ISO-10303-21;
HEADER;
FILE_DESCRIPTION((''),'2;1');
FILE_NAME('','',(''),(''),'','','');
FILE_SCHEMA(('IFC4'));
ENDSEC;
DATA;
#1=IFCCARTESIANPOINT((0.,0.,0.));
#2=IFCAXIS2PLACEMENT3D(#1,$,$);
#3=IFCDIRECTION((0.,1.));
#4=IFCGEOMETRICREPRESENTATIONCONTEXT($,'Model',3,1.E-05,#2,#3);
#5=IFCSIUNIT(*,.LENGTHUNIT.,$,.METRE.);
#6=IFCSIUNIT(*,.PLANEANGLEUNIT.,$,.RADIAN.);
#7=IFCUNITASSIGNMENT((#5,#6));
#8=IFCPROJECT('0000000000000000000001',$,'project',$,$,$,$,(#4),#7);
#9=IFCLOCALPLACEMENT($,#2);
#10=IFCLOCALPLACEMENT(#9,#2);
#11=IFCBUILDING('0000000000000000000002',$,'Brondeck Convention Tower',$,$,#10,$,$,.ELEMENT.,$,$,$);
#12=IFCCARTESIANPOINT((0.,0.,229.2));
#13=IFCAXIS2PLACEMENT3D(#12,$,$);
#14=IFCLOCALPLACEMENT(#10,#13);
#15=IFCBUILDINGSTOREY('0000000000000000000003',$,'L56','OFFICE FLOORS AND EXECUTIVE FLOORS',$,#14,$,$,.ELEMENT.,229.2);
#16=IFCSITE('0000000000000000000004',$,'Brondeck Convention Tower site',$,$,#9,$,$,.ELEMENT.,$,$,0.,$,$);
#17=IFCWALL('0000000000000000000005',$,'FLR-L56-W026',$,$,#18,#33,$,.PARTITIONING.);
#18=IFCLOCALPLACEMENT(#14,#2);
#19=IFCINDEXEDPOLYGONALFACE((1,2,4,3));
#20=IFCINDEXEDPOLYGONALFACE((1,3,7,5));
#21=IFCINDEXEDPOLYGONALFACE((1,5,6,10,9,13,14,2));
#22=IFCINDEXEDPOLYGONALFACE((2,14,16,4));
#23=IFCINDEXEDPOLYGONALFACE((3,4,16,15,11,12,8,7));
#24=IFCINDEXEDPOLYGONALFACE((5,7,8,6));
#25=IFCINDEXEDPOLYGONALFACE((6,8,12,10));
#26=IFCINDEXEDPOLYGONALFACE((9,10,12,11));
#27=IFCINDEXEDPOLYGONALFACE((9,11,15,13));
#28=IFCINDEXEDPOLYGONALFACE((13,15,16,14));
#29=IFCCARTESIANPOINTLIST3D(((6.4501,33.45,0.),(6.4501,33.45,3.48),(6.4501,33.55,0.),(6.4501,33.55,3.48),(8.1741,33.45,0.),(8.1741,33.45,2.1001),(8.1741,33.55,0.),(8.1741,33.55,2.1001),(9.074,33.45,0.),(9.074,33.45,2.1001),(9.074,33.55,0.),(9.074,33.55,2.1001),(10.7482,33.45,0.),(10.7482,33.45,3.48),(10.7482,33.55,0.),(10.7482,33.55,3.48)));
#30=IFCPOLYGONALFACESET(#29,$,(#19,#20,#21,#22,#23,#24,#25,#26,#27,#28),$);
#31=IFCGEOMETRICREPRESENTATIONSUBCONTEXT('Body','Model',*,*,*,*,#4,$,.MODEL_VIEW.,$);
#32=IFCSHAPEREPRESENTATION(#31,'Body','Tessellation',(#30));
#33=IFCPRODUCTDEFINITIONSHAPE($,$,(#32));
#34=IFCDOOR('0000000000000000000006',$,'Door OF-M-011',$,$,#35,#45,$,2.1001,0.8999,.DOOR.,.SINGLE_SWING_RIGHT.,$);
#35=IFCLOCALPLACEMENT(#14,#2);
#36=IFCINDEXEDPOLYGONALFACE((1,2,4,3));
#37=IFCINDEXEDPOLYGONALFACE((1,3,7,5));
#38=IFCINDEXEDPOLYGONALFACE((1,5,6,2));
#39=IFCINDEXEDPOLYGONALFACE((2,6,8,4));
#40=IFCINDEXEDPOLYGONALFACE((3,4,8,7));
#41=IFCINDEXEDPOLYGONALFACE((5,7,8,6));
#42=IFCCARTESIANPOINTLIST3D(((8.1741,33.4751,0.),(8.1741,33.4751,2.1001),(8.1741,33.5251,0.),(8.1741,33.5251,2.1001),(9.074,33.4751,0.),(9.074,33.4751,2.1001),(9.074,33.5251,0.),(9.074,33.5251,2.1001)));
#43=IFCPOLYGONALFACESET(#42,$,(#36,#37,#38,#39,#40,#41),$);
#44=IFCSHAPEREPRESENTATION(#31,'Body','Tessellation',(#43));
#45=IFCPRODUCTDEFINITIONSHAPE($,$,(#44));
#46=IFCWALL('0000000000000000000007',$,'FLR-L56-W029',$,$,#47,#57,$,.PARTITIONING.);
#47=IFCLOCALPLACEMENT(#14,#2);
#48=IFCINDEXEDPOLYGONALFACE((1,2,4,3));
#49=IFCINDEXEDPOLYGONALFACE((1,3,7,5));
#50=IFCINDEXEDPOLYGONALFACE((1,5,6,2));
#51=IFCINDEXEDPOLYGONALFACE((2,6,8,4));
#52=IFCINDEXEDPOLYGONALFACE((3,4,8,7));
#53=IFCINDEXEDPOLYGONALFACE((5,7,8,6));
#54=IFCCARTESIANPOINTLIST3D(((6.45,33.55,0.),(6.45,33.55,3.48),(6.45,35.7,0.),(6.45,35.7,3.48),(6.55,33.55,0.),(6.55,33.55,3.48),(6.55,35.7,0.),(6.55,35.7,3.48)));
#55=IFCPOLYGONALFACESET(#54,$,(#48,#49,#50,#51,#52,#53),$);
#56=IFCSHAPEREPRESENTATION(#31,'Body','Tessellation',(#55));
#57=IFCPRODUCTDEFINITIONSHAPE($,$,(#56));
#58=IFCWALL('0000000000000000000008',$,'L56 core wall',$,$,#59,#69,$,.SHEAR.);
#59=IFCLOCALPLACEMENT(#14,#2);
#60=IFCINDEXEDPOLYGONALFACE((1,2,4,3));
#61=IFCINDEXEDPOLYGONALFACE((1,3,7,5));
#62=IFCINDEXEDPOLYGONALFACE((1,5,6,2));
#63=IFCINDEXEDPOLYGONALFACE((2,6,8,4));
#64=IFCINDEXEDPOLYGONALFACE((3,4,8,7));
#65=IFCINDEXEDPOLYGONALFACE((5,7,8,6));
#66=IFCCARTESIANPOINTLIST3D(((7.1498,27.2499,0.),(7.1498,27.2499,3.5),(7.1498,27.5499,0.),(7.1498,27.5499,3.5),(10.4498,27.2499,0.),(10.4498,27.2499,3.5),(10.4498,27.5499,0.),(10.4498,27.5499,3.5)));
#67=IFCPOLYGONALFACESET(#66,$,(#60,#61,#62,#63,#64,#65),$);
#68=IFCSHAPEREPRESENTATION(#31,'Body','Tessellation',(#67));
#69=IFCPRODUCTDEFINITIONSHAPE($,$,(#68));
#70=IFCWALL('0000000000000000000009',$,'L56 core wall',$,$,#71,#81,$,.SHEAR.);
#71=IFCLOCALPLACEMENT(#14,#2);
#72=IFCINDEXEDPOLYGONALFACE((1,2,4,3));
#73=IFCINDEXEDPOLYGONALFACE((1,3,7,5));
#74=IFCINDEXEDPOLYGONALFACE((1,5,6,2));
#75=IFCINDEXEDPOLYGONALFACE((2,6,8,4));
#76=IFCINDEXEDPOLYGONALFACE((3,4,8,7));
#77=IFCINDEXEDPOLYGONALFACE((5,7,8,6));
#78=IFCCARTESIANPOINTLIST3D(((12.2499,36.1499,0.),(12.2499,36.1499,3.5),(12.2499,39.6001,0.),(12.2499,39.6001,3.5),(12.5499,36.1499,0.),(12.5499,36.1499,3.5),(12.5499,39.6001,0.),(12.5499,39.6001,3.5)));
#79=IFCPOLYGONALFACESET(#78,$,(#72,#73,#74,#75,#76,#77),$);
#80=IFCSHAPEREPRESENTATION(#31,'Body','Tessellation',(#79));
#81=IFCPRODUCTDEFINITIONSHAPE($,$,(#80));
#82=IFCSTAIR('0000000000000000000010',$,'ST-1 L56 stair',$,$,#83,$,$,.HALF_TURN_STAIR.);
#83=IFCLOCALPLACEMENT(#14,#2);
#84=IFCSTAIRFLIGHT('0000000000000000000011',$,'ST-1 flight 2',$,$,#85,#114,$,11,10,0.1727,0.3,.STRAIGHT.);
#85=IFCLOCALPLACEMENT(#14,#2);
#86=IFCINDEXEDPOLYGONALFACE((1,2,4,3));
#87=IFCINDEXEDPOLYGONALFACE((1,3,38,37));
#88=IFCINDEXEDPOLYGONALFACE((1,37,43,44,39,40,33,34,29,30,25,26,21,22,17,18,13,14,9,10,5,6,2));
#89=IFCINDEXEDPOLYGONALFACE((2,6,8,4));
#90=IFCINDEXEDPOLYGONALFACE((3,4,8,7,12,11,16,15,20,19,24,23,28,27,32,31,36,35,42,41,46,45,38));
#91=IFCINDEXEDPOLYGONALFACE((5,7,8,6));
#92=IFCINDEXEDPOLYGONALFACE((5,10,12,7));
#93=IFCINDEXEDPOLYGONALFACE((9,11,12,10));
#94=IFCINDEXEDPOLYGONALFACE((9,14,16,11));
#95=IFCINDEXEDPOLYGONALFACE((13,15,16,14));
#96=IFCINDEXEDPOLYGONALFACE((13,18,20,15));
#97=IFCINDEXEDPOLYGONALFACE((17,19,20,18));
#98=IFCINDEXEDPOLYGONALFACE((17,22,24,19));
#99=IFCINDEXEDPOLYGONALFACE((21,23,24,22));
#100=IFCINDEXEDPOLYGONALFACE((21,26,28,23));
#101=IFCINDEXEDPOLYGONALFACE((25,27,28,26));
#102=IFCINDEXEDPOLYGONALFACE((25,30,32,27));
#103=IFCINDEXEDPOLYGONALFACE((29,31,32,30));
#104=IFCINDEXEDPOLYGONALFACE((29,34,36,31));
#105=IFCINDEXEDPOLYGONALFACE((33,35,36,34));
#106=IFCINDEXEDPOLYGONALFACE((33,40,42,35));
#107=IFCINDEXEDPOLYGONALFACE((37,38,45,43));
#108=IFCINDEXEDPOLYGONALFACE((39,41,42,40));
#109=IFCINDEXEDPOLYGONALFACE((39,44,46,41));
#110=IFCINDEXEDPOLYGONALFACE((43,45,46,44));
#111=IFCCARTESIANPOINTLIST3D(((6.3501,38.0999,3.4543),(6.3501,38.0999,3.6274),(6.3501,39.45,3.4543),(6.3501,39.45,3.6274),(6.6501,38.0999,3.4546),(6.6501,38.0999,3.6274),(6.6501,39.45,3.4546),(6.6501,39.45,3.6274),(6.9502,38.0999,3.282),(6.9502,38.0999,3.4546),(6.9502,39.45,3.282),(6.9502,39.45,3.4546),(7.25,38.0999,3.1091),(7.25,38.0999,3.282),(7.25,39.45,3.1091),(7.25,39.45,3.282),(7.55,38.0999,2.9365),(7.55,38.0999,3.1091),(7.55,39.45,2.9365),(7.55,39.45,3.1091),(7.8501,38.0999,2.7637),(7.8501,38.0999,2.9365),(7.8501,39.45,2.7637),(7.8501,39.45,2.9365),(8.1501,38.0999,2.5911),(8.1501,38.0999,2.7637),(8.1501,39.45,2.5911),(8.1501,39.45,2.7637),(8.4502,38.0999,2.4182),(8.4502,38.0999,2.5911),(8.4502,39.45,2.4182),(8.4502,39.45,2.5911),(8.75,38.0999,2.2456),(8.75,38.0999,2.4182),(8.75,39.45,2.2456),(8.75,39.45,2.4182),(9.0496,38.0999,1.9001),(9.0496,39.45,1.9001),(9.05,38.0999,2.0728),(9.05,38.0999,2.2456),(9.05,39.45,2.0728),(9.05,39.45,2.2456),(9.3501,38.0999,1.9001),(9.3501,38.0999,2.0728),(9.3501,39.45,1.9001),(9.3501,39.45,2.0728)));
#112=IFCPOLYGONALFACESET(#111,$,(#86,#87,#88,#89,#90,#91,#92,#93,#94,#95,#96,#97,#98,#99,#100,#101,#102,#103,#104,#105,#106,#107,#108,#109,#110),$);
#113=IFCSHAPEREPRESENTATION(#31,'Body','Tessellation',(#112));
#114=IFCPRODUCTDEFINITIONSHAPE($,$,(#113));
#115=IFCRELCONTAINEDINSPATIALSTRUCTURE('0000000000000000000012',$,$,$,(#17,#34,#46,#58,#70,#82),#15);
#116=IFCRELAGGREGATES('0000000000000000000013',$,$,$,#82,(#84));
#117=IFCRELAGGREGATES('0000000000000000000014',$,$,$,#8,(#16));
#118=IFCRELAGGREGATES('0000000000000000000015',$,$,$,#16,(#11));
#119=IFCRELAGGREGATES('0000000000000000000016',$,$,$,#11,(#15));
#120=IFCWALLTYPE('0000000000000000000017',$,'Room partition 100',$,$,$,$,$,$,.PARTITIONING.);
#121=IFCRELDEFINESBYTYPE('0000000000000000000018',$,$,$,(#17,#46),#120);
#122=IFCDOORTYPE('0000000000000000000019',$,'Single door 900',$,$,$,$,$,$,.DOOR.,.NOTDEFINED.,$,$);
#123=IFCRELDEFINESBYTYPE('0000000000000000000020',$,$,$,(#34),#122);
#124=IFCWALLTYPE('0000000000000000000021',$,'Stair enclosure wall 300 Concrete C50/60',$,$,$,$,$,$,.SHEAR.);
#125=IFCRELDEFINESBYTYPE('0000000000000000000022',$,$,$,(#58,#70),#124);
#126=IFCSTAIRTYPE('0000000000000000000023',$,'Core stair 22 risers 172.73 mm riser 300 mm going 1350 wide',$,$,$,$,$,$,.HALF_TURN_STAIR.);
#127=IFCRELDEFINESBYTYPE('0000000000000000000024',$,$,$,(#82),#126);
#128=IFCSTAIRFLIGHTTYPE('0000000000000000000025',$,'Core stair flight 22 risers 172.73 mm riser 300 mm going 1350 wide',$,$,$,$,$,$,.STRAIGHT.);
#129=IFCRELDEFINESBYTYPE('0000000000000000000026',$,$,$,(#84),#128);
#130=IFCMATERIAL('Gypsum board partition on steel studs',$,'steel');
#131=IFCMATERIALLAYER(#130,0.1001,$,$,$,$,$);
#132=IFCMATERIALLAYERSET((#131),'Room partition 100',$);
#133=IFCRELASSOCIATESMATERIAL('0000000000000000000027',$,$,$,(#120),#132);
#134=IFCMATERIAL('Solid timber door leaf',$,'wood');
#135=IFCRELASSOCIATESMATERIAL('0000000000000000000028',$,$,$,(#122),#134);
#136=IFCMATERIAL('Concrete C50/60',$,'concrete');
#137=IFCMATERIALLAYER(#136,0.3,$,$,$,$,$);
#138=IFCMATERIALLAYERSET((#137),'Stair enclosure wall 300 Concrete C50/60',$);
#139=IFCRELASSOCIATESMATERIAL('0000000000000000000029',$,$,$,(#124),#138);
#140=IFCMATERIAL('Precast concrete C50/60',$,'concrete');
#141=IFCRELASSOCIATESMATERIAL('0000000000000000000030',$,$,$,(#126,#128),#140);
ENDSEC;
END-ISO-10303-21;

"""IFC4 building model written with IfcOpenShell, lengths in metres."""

from ifc_helpers import new_model, si_unit, direction, frame, frame_2d, origin, place, context, subcontext, project, spatial, polyline, rectangle, outline, extrude, material, layer, layer_set, type_object, element, fill, aggregate, save


model = new_model("IFC4")

# Units and contexts
model_context = context("Model", 3, precision=1e-05, world=origin(), true_north=direction((0.0, 1.0)))
body_context = subcontext(model_context, "Body", "Model", "MODEL_VIEW")
ifc_project = project(units=[si_unit("LENGTHUNIT", "METRE"), si_unit("PLANEANGLEUNIT", "RADIAN")], contexts=[model_context])

# Site, building, storey
site_placement = place(None, origin())
site = spatial("IfcSite", under=ifc_project, at=site_placement, Name="Brondeck Convention Tower site", CompositionType="ELEMENT", RefElevation=0.0)
building_placement = place(site_placement, origin())
building = spatial("IfcBuilding", under=site, at=building_placement, Name="Brondeck Convention Tower", CompositionType="ELEMENT")
storey_placement = place(building_placement, frame((0.0, 0.0, 229.2)))
storey = spatial("IfcBuildingStorey", under=building, at=storey_placement, Name="L56", Description="OFFICE FLOORS AND EXECUTIVE FLOORS", CompositionType="ELEMENT", Elevation=229.2)

# Shared definitions
ifc_material_1 = material(Name="Concrete C50/60", Category="concrete")

# Shared definitions
ifc_material_2 = material(Name="Gypsum board partition on steel studs", Category="steel")
ifc_layer_1 = layer(ifc_material_2, 0.1001)
ifc_layer_set_1 = layer_set([ifc_layer_1], Name="Room partition 100")
wall_type_1 = type_object("IfcWallType", Name="Room partition 100", PredefinedType="PARTITIONING", material=ifc_layer_set_1)

# Wall, opening, door
wall_1_placement = place(storey_placement, frame((10.748, 33.5, 0.0), z_axis=(0.0, 0.0, 1.0), x_axis=(-1.0, 0.0, 0.0)))
wall_1 = element("IfcWall", 1, at=wall_1_placement, inside=storey, type_object=wall_type_1, Name="FLR-L56-W026", PredefinedType="PARTITIONING", context=body_context, shape_type="SweptSolid", body=[
    extrude(rectangle(XDim=4.2981, YDim=0.1001, at=frame_2d((2.1489, 0.0))), origin(), (0.0, 0.0, 1.0), 3.48),
])
opening_1_placement = place(wall_1_placement, frame((1.6741, 0.0, 0.0)))
opening_1 = element("IfcOpeningElement", 2, at=opening_1_placement, cuts=wall_1, PredefinedType="OPENING", context=body_context, shape_type="SweptSolid", body=[
    extrude(rectangle(XDim=0.8999, YDim=2.1001, at=frame_2d((0.45, 1.05))), frame((0.0, 0.0601, 0.0), z_axis=(0.0, -1.0, 0.0), x_axis=(1.0, 0.0, 0.0)), (0.0, 0.0, 1.0), 0.1201),
])
ifc_material_3 = material(Name="Solid timber door leaf", Category="wood")
door_type_1 = type_object("IfcDoorType", Name="Single door 900", OperationType="NOTDEFINED", PredefinedType="DOOR", material=ifc_material_3)
door_1_placement = place(opening_1_placement, origin())
door_1 = element("IfcDoor", 3, at=door_1_placement, inside=storey, type_object=door_type_1, Name="Door OF-M-011", OperationType="SINGLE_SWING_RIGHT", OverallHeight=2.1001, OverallWidth=0.8999, PredefinedType="DOOR", context=body_context, shape_type="SweptSolid", body=[
    extrude(rectangle(XDim=0.8999, YDim=2.1001, at=frame_2d((0.45, 1.05))), frame((0.0, 0.0249, 0.0), z_axis=(0.0, -1.0, 0.0), x_axis=(1.0, 0.0, 0.0)), (0.0, 0.0, 1.0), 0.05),
])
fill(opening_1, door_1)

# Walls
wall_2_placement = place(storey_placement, frame((6.5, 33.55, 0.0), z_axis=(0.0, 0.0, 1.0), x_axis=(0.0, 1.0, 0.0)))
element("IfcWall", 4, at=wall_2_placement, inside=storey, type_object=wall_type_1, Name="FLR-L56-W029", PredefinedType="PARTITIONING", context=body_context, shape_type="SweptSolid", body=[
    extrude(rectangle(XDim=2.1499, YDim=0.1001, at=frame_2d((1.075, 0.0))), origin(), (0.0, 0.0, 1.0), 3.48),
])
ifc_layer_2 = layer(ifc_material_1, 0.3)
ifc_layer_set_2 = layer_set([ifc_layer_2], Name="Stair enclosure wall 300 Concrete C50/60")
wall_type_2 = type_object("IfcWallType", Name="Stair enclosure wall 300 Concrete C50/60", PredefinedType="SHEAR", material=ifc_layer_set_2)
wall_3_placement = place(storey_placement, frame((7.1499, 27.3999, 0.0), z_axis=(0.0, 0.0, 1.0), x_axis=(1.0, 0.0, 0.0)))
element("IfcWall", 5, at=wall_3_placement, inside=storey, type_object=wall_type_2, Name="L56 core wall", PredefinedType="SHEAR", context=body_context, shape_type="SweptSolid", body=[
    extrude(rectangle(XDim=3.3, YDim=0.3, at=frame_2d((1.6499, 0.0))), origin(), (0.0, 0.0, 1.0), 3.5),
])
wall_4_placement = place(storey_placement, frame((12.3999, 36.1499, 0.0), z_axis=(0.0, 0.0, 1.0), x_axis=(0.0, 1.0, 0.0)))
element("IfcWall", 6, at=wall_4_placement, inside=storey, type_object=wall_type_2, Name="L56 core wall", PredefinedType="SHEAR", context=body_context, shape_type="SweptSolid", body=[
    extrude(rectangle(XDim=3.4502, YDim=0.3, at=frame_2d((1.7251, 0.0))), origin(), (0.0, 0.0, 1.0), 3.5),
])

# Stair, stair flight
ifc_material_4 = material(Name="Precast concrete C50/60", Category="concrete")
stair_type = type_object("IfcStairType", Name="Core stair 22 risers 172.73 mm riser 300 mm going 1350 wide", PredefinedType="HALF_TURN_STAIR", material=ifc_material_4)
stair_placement = place(storey_placement, origin())
stair = element("IfcStair", 7, at=stair_placement, inside=storey, type_object=stair_type, Name="ST-1 L56 stair", PredefinedType="HALF_TURN_STAIR")
stair_flight_type = type_object("IfcStairFlightType", Name="Core stair flight 22 risers 172.73 mm riser 300 mm going 1350 wide", PredefinedType="STRAIGHT", material=ifc_material_4)
stair_flight_placement = place(storey_placement, frame((9.3501, 38.7749, 1.9001), z_axis=(0.0, 0.0, 1.0), x_axis=(-1.0, 0.0, 0.0)))
stair_flight = element("IfcStairFlight", 8, at=stair_flight_placement, type_object=stair_flight_type, Name="ST-1 flight 2", NumberOfRisers=11, NumberOfTreads=10, PredefinedType="STRAIGHT", RiserHeight=0.1727, TreadLength=0.3, context=body_context, shape_type="SweptSolid", body=[
    extrude(outline(polyline([(0.0, 0.0), (0.0, 0.1726), (0.3, 0.1726), (0.3, 0.3455), (0.6001, 0.3455), (0.6001, 0.5181), (0.8999, 0.5181), (0.8999, 0.6909), (1.2, 0.6909), (1.2, 0.8635), (1.5, 0.8635), (1.5, 1.0364), (1.8, 1.0364), (1.8, 1.209), (2.1001, 1.209), (2.1001, 1.3818), (2.3999, 1.3818), (2.3999, 1.5544), (2.7, 1.5544), (2.7, 1.7273), (3.0, 1.7273), (3.0, 1.8999), (3.0, 1.5542), (0.3005, 0.0), (0.0, 0.0)])), frame((0.0, 0.675, 0.0), z_axis=(0.0, -1.0, 0.0), x_axis=(1.0, 0.0, 0.0)), (0.0, 0.0, 1.0), 1.3501),
])
aggregate(stair, [stair_flight])

save(model, "model.ifc")
